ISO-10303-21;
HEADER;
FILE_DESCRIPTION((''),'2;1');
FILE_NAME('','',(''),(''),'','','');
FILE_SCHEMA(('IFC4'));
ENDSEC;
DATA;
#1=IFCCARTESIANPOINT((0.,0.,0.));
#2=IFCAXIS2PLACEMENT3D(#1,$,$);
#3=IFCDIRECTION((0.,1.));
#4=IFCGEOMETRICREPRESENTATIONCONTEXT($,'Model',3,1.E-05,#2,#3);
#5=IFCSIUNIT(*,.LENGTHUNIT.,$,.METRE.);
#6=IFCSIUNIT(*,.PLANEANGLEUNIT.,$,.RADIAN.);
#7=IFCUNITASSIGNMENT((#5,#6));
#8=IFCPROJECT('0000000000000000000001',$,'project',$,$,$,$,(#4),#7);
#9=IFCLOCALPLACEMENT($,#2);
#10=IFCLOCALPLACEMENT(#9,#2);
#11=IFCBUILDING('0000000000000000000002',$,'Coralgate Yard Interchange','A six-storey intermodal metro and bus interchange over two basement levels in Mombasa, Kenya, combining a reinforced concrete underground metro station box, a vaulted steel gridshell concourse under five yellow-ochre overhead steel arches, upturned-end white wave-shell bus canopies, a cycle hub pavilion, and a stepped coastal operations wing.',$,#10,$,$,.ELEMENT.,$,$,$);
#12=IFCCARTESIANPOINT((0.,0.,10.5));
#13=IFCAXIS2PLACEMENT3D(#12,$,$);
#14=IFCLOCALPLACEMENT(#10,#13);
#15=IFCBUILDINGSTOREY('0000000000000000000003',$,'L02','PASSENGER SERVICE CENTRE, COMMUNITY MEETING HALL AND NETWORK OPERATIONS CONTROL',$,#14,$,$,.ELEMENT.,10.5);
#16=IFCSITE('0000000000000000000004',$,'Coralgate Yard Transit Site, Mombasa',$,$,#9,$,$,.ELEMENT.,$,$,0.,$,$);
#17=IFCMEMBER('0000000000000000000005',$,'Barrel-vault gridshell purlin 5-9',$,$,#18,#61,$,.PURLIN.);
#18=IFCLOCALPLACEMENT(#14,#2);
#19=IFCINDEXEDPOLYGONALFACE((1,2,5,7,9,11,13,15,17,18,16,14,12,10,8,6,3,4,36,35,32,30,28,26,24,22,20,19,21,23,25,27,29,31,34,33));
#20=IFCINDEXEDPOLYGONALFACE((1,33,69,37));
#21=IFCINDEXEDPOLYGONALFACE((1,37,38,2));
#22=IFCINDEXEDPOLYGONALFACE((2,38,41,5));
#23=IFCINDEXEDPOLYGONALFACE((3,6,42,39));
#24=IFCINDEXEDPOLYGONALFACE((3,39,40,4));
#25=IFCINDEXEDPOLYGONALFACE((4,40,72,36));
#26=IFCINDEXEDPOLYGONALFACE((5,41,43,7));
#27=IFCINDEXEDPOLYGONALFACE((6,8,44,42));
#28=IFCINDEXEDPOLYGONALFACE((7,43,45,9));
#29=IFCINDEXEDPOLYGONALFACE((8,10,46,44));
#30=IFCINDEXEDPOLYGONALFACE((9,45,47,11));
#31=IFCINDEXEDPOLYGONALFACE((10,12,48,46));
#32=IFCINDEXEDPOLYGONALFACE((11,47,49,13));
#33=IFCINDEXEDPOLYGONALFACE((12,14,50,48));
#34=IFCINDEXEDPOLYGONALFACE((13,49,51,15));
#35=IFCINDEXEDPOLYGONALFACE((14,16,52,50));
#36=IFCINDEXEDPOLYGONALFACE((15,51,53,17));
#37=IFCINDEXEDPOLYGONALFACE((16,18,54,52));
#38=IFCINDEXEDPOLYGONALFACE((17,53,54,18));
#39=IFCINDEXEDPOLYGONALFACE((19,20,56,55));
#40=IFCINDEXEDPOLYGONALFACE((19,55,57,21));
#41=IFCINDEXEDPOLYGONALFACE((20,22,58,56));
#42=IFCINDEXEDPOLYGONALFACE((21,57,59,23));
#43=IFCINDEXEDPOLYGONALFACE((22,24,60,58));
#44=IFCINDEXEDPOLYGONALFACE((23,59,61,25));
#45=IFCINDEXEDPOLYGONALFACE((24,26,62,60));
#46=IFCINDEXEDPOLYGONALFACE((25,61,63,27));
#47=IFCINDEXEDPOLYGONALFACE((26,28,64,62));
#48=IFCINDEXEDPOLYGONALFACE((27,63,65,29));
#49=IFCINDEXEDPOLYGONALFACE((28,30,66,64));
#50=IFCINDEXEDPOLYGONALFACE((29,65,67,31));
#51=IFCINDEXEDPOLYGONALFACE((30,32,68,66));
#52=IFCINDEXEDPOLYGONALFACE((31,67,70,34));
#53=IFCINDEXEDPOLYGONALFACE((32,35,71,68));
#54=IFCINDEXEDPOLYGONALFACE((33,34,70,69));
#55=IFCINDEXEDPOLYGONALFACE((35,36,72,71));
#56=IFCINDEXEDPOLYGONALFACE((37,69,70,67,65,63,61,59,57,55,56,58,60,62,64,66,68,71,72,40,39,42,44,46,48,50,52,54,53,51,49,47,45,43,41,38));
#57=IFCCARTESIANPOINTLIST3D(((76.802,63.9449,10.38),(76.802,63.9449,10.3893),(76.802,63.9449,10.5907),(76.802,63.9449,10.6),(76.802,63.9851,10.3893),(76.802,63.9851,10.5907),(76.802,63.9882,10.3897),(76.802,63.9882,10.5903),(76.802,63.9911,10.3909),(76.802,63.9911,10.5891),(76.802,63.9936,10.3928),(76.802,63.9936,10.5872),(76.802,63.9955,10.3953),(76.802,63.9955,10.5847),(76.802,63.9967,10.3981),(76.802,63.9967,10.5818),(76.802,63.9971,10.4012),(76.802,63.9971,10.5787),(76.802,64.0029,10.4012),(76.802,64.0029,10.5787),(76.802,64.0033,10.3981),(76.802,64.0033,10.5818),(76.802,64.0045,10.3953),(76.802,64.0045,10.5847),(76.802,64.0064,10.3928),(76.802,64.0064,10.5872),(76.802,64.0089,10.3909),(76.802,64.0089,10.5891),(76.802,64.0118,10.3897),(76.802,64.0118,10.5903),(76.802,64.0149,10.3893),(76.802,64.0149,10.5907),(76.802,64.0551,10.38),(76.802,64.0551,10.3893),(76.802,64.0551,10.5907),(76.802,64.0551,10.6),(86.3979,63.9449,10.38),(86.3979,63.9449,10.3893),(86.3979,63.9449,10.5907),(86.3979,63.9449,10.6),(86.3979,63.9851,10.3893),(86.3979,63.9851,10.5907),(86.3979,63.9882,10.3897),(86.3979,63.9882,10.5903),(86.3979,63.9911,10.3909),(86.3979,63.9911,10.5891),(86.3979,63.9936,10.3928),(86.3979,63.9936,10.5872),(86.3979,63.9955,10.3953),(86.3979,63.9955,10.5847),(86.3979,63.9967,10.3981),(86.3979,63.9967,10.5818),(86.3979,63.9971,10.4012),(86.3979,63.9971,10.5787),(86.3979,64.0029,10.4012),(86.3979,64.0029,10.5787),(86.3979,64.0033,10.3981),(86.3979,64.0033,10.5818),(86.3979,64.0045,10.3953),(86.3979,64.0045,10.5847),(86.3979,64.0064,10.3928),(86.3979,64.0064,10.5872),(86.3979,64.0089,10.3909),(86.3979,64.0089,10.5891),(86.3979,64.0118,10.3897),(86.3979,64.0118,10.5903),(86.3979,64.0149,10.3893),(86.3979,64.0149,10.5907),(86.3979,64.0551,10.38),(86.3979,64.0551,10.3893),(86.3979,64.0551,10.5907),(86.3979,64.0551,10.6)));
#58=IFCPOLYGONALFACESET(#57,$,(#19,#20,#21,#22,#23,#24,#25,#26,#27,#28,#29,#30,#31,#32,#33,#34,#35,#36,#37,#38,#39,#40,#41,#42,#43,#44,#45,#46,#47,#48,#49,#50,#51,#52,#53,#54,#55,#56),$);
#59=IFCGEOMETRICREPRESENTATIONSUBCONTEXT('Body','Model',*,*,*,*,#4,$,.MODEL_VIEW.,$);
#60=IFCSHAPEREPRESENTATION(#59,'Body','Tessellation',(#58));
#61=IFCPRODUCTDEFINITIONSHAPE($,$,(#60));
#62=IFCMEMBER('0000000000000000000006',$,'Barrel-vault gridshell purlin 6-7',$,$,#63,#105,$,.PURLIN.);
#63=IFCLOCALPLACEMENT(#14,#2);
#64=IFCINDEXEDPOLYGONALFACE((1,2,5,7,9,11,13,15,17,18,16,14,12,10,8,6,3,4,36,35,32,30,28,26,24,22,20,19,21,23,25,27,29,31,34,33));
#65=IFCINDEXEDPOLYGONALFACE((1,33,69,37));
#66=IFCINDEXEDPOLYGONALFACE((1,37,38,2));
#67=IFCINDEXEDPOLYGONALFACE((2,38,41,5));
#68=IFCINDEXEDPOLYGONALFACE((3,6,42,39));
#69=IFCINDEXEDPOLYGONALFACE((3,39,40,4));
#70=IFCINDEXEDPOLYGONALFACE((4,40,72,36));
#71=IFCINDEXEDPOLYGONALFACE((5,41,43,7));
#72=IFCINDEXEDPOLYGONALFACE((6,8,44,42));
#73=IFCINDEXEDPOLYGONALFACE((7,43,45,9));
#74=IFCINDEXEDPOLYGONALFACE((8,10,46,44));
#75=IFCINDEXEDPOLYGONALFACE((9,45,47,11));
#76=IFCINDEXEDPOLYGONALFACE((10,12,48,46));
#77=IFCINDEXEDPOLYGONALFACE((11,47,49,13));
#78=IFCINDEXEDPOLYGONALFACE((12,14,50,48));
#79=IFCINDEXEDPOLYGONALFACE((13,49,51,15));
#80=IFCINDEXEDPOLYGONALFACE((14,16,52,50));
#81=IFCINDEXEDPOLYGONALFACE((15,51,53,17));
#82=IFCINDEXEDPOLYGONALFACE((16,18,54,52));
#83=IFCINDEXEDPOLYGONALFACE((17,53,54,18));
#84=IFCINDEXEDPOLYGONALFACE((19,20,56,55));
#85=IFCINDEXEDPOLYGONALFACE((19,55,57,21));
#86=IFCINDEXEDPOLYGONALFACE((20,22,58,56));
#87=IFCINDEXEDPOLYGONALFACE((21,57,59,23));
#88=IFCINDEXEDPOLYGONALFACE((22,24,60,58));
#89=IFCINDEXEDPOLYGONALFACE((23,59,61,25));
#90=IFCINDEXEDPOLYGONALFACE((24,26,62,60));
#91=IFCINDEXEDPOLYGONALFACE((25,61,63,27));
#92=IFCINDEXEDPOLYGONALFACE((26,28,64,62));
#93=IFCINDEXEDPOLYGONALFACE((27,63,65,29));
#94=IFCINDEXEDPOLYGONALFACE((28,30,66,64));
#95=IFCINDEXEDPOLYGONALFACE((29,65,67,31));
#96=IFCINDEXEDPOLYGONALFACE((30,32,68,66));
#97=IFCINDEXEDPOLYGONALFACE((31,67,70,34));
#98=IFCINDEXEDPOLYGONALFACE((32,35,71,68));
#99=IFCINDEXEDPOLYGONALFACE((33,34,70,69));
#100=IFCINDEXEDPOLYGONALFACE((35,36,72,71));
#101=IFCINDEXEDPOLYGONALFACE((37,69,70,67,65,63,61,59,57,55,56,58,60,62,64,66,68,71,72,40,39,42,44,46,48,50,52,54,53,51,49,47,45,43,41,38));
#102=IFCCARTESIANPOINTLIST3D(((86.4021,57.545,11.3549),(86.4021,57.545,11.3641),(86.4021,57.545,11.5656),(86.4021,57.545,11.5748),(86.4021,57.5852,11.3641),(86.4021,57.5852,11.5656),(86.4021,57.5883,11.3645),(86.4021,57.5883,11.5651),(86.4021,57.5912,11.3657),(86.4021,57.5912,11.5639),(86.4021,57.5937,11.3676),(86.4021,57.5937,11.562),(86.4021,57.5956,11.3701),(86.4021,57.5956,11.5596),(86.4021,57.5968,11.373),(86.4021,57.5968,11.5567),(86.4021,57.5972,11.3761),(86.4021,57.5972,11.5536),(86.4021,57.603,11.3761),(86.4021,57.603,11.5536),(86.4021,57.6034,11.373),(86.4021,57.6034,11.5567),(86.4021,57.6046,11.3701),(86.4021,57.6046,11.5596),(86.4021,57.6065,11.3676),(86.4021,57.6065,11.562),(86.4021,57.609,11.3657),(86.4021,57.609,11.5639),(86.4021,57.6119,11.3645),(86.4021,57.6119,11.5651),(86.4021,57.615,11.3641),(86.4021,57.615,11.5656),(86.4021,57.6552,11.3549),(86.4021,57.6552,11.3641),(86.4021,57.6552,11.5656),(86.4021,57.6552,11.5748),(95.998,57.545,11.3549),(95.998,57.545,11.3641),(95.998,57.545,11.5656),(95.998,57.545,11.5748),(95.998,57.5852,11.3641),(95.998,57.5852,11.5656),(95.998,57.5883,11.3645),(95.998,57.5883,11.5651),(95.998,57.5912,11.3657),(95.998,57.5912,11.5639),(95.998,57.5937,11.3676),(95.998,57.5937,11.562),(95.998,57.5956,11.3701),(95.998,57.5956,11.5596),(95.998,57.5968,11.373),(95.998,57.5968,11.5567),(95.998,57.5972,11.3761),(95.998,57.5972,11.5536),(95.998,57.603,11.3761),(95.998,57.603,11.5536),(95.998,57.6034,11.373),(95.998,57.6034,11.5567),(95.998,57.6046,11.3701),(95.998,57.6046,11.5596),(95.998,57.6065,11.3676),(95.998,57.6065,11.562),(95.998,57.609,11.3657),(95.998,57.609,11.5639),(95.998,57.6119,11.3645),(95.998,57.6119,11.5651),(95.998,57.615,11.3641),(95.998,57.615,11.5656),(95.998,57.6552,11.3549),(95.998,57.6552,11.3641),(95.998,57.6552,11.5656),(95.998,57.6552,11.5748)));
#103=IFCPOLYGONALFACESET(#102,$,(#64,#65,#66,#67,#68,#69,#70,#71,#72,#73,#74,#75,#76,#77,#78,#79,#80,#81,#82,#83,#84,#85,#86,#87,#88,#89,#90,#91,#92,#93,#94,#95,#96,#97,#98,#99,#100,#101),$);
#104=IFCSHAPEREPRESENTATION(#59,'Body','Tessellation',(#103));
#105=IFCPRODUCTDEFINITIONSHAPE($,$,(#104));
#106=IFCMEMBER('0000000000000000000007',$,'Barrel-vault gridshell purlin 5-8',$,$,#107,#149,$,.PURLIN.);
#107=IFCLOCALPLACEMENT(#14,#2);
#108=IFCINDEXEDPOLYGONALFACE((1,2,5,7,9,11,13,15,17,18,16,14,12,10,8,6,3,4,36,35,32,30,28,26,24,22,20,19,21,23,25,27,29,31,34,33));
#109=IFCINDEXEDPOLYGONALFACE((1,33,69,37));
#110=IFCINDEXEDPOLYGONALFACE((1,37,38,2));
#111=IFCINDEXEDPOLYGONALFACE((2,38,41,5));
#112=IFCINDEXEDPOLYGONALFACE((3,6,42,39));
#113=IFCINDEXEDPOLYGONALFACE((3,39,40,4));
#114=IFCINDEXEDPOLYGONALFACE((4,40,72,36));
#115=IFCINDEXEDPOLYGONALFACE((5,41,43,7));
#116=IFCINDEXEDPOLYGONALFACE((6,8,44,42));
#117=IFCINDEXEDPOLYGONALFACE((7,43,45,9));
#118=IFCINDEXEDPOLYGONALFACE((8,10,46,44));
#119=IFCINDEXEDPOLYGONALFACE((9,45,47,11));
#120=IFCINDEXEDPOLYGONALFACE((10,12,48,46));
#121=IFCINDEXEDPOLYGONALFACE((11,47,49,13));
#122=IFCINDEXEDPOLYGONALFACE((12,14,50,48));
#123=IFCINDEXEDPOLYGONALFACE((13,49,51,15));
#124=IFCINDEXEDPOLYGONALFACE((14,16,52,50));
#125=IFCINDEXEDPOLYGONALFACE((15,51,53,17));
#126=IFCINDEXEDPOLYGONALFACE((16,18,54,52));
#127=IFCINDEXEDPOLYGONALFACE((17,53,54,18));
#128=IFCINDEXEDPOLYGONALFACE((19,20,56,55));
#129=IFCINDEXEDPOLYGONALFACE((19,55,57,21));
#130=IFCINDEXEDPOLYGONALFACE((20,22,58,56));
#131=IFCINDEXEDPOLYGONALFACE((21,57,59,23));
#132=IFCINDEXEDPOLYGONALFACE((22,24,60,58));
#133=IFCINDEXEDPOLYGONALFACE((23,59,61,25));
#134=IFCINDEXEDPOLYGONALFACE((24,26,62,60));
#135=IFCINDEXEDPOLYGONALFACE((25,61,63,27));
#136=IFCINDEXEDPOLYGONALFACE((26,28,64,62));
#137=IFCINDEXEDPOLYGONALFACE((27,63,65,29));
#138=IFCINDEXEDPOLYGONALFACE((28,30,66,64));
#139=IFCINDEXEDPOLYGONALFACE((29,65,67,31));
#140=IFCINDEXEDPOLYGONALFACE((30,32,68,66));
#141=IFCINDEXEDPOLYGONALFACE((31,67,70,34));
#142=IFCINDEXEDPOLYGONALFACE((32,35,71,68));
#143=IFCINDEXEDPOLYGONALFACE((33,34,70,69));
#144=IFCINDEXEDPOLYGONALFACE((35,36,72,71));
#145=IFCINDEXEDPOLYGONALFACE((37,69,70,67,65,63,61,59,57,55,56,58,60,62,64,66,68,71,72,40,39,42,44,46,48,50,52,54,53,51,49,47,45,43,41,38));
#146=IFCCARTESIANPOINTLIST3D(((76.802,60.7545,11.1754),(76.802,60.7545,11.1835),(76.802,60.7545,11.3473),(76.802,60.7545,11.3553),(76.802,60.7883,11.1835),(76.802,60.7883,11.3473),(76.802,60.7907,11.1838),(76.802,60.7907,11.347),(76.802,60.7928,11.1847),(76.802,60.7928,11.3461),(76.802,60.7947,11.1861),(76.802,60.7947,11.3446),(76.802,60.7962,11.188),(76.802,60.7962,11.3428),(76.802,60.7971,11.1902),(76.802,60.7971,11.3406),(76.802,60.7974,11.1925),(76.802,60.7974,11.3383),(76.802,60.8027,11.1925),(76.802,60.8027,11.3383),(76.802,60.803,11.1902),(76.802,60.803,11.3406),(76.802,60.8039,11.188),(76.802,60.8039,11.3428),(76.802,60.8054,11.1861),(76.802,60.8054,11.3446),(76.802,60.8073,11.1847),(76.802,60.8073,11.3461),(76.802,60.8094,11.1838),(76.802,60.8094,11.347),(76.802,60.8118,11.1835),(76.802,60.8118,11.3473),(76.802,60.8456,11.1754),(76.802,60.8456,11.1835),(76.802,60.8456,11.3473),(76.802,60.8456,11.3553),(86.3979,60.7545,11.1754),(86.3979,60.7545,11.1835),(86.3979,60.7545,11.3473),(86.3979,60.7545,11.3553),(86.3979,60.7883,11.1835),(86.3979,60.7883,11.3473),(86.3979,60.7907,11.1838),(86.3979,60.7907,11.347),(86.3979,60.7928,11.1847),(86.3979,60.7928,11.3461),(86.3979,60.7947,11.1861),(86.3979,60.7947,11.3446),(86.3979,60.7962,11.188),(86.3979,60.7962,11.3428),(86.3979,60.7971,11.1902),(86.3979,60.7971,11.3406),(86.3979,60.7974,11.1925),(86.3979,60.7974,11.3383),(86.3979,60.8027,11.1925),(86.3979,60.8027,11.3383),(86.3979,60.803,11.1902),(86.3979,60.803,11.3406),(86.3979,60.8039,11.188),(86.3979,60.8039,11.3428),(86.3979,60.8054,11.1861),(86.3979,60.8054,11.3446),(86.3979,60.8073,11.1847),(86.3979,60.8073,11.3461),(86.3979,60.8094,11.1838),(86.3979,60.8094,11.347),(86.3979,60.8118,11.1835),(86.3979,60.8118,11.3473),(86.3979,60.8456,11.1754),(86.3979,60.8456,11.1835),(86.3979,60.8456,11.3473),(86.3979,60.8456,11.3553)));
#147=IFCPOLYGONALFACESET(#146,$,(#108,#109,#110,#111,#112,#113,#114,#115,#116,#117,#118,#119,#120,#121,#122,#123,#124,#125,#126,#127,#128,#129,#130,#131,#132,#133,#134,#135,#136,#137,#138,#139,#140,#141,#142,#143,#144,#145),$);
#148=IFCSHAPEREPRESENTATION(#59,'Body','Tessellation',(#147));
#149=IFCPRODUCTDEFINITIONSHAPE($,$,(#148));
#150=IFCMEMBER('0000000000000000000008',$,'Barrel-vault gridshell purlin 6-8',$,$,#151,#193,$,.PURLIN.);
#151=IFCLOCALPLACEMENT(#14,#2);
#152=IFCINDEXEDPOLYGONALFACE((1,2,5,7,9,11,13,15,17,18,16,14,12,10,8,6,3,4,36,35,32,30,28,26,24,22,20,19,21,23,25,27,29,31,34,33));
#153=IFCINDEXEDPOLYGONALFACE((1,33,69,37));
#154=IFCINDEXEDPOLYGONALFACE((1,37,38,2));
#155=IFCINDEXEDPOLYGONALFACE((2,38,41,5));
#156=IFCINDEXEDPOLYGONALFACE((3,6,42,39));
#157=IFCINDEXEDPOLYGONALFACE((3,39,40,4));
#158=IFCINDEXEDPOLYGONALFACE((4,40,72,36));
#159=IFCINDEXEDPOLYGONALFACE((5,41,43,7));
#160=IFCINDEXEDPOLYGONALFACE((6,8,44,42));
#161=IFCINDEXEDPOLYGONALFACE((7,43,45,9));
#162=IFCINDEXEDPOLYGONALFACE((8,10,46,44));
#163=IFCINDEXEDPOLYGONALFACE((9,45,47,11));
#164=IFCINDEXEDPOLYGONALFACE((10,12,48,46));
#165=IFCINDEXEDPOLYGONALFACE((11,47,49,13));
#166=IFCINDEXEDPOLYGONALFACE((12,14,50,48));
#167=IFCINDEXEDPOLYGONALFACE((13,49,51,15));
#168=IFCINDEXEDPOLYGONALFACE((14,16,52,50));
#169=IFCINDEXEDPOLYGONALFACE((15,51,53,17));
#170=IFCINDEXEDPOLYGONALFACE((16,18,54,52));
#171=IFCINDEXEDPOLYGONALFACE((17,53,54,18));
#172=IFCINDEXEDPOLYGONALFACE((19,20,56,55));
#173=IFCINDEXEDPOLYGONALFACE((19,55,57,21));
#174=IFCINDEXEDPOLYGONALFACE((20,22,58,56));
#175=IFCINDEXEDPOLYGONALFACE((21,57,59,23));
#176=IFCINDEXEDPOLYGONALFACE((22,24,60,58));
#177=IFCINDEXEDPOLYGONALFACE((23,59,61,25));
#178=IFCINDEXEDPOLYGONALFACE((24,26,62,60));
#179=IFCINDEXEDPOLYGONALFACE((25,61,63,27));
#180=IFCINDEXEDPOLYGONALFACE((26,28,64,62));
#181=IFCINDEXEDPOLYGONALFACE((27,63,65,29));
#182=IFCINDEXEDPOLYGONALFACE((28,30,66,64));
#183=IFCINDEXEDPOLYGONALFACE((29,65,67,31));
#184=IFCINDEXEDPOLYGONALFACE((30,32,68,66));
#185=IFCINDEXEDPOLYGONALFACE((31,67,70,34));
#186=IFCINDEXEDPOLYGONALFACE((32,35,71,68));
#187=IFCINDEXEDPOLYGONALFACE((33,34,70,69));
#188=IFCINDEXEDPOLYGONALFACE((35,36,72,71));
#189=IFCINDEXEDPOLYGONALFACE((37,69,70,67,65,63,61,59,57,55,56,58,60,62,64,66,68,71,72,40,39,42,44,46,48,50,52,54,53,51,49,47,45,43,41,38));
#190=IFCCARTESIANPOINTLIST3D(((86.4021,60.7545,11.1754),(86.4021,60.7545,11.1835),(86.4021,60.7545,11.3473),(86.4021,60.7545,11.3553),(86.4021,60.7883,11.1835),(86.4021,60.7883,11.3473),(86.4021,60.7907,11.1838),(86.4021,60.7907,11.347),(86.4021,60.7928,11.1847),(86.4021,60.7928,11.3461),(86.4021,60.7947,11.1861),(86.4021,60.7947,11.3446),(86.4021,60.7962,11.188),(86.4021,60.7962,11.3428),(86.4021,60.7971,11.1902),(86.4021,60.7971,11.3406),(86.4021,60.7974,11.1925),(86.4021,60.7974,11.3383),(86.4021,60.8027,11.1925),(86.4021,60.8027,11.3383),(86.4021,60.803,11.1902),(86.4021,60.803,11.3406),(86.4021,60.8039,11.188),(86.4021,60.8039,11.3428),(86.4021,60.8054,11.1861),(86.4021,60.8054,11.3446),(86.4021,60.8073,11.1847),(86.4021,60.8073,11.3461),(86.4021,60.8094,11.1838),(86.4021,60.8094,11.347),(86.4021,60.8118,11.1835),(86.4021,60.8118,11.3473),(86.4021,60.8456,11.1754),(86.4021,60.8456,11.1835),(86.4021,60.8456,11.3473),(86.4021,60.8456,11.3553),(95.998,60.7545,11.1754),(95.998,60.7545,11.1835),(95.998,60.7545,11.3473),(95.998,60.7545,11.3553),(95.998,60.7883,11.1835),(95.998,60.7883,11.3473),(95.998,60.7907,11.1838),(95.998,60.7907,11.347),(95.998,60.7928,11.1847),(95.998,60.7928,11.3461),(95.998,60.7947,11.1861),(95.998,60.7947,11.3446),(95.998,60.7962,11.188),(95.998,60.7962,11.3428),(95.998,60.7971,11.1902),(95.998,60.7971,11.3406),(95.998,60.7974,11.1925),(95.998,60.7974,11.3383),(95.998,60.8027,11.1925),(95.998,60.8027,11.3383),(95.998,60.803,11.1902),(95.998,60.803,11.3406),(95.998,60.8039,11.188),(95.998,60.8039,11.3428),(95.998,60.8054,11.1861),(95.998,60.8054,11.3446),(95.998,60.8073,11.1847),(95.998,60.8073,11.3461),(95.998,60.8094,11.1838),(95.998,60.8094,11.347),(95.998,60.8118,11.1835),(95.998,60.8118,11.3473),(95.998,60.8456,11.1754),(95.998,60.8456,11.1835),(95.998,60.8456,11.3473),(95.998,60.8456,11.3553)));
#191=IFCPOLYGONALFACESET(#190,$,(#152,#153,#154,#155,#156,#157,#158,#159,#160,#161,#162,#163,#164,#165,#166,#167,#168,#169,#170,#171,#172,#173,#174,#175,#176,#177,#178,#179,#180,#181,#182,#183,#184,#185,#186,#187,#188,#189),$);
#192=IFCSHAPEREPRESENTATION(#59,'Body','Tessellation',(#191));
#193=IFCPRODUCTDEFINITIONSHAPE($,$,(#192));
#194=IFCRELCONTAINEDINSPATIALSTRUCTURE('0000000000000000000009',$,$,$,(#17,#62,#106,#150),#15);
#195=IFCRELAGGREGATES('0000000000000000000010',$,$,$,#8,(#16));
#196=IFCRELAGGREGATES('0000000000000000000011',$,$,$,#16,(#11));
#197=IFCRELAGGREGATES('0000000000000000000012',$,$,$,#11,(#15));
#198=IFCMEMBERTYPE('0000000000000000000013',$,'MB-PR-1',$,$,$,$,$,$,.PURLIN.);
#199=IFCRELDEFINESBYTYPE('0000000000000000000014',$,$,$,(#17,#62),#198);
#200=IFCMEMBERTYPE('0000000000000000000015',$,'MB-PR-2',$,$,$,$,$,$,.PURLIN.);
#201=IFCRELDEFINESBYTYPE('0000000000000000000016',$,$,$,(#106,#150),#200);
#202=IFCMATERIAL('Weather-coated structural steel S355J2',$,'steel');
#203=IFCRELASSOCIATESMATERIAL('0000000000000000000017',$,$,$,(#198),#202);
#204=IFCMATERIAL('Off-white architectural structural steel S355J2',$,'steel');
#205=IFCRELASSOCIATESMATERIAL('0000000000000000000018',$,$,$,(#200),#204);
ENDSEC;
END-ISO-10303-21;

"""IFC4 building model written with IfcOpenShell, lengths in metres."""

from ifc_helpers import new_model, si_unit, direction, frame, origin, origin_2d, place, context, subcontext, project, spatial, i_section, extrude, material, material_profile, profile_set, type_object, element, save


model = new_model("IFC4")

# Units and contexts
model_context = context("Model", 3, precision=1e-05, world=origin(), true_north=direction((0.0, 1.0)))
body_context = subcontext(model_context, "Body", "Model", "MODEL_VIEW")
ifc_project = project(units=[si_unit("LENGTHUNIT", "METRE"), si_unit("PLANEANGLEUNIT", "RADIAN")], contexts=[model_context])

# Site, building, storey
site_placement = place(None, origin())
site = spatial("IfcSite", under=ifc_project, at=site_placement, Name="Coralgate Yard Transit Site, Mombasa", CompositionType="ELEMENT", RefElevation=0.0)
building_placement = place(site_placement, origin())
building = spatial("IfcBuilding", under=site, at=building_placement, Name="Coralgate Yard Interchange", Description="A six-storey intermodal metro and bus interchange over two basement levels in Mombasa, Kenya, combining a reinforced concrete underground metro station box, a vaulted steel gridshell concourse under five yellow-ochre overhead steel arches, upturned-end white wave-shell bus canopies, a cycle hub pavilion, and a stepped coastal operations wing.", CompositionType="ELEMENT")
storey_placement = place(building_placement, frame((0.0, 0.0, 10.5)))
storey = spatial("IfcBuildingStorey", under=building, at=storey_placement, Name="L02", Description="PASSENGER SERVICE CENTRE, COMMUNITY MEETING HALL AND NETWORK OPERATIONS CONTROL", CompositionType="ELEMENT", Elevation=10.5)

# Shared definitions
ifc_material_1 = material(Name="Weather-coated structural steel S355J2", Category="steel")

# Members
ifc_material_profile_1 = material_profile(ifc_material_1, i_section(OverallWidth=0.1101, OverallDepth=0.22, WebThickness=0.0059, FlangeThickness=0.0093, FilletRadius=0.012, at=origin_2d()), Name="IPE 220")
ifc_profile_set_1 = profile_set([ifc_material_profile_1], Name="Weather-coated structural steel S355J2")
member_type_1 = type_object("IfcMemberType", Name="MB-PR-1", PredefinedType="PURLIN", material=ifc_profile_set_1)
for number, where, z_axis, x_axis, name in (
    (1, (76.802, 64.0, 10.49), (1.0, 0.0, 0.0), (0.0, 1.0, 0.0), "Barrel-vault gridshell purlin 5-9"),
    (2, (86.4021, 57.6001, 11.4648), (1.0, 0.0, 0.0), (0.0, 1.0, 0.0), "Barrel-vault gridshell purlin 6-7"),
):
    element("IfcMember", number, at=place(storey_placement, frame(where, z_axis=z_axis, x_axis=x_axis)), inside=storey, type_object=member_type_1, Name=name, PredefinedType="PURLIN", context=body_context, shape_type="SweptSolid", body=[
        extrude(i_section(OverallWidth=0.1101, OverallDepth=0.22, WebThickness=0.0059, FlangeThickness=0.0093, FilletRadius=0.012, at=origin_2d()), origin(), (0.0, 0.0, 1.0), 9.5959),
    ])
ifc_material_2 = material(Name="Off-white architectural structural steel S355J2", Category="steel")
ifc_material_profile_2 = material_profile(ifc_material_2, i_section(OverallWidth=0.0911, OverallDepth=0.1799, WebThickness=0.0054, FlangeThickness=0.0081, FilletRadius=0.009, at=origin_2d()), Name="IPE 180")
ifc_profile_set_2 = profile_set([ifc_material_profile_2], Name="Off-white architectural structural steel S355J2")
member_type_2 = type_object("IfcMemberType", Name="MB-PR-2", PredefinedType="PURLIN", material=ifc_profile_set_2)
for number, where, z_axis, x_axis, name in (
    (3, (76.802, 60.8, 11.2654), (1.0, 0.0, 0.0), (0.0, 1.0, 0.0), "Barrel-vault gridshell purlin 5-8"),
    (4, (86.4021, 60.8, 11.2654), (1.0, 0.0, 0.0), (0.0, 1.0, 0.0), "Barrel-vault gridshell purlin 6-8"),
):
    element("IfcMember", number, at=place(storey_placement, frame(where, z_axis=z_axis, x_axis=x_axis)), inside=storey, type_object=member_type_2, Name=name, PredefinedType="PURLIN", context=body_context, shape_type="SweptSolid", body=[
        extrude(i_section(OverallWidth=0.0911, OverallDepth=0.1799, WebThickness=0.0054, FlangeThickness=0.0081, FilletRadius=0.009, at=origin_2d()), origin(), (0.0, 0.0, 1.0), 9.5959),
    ])

save(model, "model.ifc")
